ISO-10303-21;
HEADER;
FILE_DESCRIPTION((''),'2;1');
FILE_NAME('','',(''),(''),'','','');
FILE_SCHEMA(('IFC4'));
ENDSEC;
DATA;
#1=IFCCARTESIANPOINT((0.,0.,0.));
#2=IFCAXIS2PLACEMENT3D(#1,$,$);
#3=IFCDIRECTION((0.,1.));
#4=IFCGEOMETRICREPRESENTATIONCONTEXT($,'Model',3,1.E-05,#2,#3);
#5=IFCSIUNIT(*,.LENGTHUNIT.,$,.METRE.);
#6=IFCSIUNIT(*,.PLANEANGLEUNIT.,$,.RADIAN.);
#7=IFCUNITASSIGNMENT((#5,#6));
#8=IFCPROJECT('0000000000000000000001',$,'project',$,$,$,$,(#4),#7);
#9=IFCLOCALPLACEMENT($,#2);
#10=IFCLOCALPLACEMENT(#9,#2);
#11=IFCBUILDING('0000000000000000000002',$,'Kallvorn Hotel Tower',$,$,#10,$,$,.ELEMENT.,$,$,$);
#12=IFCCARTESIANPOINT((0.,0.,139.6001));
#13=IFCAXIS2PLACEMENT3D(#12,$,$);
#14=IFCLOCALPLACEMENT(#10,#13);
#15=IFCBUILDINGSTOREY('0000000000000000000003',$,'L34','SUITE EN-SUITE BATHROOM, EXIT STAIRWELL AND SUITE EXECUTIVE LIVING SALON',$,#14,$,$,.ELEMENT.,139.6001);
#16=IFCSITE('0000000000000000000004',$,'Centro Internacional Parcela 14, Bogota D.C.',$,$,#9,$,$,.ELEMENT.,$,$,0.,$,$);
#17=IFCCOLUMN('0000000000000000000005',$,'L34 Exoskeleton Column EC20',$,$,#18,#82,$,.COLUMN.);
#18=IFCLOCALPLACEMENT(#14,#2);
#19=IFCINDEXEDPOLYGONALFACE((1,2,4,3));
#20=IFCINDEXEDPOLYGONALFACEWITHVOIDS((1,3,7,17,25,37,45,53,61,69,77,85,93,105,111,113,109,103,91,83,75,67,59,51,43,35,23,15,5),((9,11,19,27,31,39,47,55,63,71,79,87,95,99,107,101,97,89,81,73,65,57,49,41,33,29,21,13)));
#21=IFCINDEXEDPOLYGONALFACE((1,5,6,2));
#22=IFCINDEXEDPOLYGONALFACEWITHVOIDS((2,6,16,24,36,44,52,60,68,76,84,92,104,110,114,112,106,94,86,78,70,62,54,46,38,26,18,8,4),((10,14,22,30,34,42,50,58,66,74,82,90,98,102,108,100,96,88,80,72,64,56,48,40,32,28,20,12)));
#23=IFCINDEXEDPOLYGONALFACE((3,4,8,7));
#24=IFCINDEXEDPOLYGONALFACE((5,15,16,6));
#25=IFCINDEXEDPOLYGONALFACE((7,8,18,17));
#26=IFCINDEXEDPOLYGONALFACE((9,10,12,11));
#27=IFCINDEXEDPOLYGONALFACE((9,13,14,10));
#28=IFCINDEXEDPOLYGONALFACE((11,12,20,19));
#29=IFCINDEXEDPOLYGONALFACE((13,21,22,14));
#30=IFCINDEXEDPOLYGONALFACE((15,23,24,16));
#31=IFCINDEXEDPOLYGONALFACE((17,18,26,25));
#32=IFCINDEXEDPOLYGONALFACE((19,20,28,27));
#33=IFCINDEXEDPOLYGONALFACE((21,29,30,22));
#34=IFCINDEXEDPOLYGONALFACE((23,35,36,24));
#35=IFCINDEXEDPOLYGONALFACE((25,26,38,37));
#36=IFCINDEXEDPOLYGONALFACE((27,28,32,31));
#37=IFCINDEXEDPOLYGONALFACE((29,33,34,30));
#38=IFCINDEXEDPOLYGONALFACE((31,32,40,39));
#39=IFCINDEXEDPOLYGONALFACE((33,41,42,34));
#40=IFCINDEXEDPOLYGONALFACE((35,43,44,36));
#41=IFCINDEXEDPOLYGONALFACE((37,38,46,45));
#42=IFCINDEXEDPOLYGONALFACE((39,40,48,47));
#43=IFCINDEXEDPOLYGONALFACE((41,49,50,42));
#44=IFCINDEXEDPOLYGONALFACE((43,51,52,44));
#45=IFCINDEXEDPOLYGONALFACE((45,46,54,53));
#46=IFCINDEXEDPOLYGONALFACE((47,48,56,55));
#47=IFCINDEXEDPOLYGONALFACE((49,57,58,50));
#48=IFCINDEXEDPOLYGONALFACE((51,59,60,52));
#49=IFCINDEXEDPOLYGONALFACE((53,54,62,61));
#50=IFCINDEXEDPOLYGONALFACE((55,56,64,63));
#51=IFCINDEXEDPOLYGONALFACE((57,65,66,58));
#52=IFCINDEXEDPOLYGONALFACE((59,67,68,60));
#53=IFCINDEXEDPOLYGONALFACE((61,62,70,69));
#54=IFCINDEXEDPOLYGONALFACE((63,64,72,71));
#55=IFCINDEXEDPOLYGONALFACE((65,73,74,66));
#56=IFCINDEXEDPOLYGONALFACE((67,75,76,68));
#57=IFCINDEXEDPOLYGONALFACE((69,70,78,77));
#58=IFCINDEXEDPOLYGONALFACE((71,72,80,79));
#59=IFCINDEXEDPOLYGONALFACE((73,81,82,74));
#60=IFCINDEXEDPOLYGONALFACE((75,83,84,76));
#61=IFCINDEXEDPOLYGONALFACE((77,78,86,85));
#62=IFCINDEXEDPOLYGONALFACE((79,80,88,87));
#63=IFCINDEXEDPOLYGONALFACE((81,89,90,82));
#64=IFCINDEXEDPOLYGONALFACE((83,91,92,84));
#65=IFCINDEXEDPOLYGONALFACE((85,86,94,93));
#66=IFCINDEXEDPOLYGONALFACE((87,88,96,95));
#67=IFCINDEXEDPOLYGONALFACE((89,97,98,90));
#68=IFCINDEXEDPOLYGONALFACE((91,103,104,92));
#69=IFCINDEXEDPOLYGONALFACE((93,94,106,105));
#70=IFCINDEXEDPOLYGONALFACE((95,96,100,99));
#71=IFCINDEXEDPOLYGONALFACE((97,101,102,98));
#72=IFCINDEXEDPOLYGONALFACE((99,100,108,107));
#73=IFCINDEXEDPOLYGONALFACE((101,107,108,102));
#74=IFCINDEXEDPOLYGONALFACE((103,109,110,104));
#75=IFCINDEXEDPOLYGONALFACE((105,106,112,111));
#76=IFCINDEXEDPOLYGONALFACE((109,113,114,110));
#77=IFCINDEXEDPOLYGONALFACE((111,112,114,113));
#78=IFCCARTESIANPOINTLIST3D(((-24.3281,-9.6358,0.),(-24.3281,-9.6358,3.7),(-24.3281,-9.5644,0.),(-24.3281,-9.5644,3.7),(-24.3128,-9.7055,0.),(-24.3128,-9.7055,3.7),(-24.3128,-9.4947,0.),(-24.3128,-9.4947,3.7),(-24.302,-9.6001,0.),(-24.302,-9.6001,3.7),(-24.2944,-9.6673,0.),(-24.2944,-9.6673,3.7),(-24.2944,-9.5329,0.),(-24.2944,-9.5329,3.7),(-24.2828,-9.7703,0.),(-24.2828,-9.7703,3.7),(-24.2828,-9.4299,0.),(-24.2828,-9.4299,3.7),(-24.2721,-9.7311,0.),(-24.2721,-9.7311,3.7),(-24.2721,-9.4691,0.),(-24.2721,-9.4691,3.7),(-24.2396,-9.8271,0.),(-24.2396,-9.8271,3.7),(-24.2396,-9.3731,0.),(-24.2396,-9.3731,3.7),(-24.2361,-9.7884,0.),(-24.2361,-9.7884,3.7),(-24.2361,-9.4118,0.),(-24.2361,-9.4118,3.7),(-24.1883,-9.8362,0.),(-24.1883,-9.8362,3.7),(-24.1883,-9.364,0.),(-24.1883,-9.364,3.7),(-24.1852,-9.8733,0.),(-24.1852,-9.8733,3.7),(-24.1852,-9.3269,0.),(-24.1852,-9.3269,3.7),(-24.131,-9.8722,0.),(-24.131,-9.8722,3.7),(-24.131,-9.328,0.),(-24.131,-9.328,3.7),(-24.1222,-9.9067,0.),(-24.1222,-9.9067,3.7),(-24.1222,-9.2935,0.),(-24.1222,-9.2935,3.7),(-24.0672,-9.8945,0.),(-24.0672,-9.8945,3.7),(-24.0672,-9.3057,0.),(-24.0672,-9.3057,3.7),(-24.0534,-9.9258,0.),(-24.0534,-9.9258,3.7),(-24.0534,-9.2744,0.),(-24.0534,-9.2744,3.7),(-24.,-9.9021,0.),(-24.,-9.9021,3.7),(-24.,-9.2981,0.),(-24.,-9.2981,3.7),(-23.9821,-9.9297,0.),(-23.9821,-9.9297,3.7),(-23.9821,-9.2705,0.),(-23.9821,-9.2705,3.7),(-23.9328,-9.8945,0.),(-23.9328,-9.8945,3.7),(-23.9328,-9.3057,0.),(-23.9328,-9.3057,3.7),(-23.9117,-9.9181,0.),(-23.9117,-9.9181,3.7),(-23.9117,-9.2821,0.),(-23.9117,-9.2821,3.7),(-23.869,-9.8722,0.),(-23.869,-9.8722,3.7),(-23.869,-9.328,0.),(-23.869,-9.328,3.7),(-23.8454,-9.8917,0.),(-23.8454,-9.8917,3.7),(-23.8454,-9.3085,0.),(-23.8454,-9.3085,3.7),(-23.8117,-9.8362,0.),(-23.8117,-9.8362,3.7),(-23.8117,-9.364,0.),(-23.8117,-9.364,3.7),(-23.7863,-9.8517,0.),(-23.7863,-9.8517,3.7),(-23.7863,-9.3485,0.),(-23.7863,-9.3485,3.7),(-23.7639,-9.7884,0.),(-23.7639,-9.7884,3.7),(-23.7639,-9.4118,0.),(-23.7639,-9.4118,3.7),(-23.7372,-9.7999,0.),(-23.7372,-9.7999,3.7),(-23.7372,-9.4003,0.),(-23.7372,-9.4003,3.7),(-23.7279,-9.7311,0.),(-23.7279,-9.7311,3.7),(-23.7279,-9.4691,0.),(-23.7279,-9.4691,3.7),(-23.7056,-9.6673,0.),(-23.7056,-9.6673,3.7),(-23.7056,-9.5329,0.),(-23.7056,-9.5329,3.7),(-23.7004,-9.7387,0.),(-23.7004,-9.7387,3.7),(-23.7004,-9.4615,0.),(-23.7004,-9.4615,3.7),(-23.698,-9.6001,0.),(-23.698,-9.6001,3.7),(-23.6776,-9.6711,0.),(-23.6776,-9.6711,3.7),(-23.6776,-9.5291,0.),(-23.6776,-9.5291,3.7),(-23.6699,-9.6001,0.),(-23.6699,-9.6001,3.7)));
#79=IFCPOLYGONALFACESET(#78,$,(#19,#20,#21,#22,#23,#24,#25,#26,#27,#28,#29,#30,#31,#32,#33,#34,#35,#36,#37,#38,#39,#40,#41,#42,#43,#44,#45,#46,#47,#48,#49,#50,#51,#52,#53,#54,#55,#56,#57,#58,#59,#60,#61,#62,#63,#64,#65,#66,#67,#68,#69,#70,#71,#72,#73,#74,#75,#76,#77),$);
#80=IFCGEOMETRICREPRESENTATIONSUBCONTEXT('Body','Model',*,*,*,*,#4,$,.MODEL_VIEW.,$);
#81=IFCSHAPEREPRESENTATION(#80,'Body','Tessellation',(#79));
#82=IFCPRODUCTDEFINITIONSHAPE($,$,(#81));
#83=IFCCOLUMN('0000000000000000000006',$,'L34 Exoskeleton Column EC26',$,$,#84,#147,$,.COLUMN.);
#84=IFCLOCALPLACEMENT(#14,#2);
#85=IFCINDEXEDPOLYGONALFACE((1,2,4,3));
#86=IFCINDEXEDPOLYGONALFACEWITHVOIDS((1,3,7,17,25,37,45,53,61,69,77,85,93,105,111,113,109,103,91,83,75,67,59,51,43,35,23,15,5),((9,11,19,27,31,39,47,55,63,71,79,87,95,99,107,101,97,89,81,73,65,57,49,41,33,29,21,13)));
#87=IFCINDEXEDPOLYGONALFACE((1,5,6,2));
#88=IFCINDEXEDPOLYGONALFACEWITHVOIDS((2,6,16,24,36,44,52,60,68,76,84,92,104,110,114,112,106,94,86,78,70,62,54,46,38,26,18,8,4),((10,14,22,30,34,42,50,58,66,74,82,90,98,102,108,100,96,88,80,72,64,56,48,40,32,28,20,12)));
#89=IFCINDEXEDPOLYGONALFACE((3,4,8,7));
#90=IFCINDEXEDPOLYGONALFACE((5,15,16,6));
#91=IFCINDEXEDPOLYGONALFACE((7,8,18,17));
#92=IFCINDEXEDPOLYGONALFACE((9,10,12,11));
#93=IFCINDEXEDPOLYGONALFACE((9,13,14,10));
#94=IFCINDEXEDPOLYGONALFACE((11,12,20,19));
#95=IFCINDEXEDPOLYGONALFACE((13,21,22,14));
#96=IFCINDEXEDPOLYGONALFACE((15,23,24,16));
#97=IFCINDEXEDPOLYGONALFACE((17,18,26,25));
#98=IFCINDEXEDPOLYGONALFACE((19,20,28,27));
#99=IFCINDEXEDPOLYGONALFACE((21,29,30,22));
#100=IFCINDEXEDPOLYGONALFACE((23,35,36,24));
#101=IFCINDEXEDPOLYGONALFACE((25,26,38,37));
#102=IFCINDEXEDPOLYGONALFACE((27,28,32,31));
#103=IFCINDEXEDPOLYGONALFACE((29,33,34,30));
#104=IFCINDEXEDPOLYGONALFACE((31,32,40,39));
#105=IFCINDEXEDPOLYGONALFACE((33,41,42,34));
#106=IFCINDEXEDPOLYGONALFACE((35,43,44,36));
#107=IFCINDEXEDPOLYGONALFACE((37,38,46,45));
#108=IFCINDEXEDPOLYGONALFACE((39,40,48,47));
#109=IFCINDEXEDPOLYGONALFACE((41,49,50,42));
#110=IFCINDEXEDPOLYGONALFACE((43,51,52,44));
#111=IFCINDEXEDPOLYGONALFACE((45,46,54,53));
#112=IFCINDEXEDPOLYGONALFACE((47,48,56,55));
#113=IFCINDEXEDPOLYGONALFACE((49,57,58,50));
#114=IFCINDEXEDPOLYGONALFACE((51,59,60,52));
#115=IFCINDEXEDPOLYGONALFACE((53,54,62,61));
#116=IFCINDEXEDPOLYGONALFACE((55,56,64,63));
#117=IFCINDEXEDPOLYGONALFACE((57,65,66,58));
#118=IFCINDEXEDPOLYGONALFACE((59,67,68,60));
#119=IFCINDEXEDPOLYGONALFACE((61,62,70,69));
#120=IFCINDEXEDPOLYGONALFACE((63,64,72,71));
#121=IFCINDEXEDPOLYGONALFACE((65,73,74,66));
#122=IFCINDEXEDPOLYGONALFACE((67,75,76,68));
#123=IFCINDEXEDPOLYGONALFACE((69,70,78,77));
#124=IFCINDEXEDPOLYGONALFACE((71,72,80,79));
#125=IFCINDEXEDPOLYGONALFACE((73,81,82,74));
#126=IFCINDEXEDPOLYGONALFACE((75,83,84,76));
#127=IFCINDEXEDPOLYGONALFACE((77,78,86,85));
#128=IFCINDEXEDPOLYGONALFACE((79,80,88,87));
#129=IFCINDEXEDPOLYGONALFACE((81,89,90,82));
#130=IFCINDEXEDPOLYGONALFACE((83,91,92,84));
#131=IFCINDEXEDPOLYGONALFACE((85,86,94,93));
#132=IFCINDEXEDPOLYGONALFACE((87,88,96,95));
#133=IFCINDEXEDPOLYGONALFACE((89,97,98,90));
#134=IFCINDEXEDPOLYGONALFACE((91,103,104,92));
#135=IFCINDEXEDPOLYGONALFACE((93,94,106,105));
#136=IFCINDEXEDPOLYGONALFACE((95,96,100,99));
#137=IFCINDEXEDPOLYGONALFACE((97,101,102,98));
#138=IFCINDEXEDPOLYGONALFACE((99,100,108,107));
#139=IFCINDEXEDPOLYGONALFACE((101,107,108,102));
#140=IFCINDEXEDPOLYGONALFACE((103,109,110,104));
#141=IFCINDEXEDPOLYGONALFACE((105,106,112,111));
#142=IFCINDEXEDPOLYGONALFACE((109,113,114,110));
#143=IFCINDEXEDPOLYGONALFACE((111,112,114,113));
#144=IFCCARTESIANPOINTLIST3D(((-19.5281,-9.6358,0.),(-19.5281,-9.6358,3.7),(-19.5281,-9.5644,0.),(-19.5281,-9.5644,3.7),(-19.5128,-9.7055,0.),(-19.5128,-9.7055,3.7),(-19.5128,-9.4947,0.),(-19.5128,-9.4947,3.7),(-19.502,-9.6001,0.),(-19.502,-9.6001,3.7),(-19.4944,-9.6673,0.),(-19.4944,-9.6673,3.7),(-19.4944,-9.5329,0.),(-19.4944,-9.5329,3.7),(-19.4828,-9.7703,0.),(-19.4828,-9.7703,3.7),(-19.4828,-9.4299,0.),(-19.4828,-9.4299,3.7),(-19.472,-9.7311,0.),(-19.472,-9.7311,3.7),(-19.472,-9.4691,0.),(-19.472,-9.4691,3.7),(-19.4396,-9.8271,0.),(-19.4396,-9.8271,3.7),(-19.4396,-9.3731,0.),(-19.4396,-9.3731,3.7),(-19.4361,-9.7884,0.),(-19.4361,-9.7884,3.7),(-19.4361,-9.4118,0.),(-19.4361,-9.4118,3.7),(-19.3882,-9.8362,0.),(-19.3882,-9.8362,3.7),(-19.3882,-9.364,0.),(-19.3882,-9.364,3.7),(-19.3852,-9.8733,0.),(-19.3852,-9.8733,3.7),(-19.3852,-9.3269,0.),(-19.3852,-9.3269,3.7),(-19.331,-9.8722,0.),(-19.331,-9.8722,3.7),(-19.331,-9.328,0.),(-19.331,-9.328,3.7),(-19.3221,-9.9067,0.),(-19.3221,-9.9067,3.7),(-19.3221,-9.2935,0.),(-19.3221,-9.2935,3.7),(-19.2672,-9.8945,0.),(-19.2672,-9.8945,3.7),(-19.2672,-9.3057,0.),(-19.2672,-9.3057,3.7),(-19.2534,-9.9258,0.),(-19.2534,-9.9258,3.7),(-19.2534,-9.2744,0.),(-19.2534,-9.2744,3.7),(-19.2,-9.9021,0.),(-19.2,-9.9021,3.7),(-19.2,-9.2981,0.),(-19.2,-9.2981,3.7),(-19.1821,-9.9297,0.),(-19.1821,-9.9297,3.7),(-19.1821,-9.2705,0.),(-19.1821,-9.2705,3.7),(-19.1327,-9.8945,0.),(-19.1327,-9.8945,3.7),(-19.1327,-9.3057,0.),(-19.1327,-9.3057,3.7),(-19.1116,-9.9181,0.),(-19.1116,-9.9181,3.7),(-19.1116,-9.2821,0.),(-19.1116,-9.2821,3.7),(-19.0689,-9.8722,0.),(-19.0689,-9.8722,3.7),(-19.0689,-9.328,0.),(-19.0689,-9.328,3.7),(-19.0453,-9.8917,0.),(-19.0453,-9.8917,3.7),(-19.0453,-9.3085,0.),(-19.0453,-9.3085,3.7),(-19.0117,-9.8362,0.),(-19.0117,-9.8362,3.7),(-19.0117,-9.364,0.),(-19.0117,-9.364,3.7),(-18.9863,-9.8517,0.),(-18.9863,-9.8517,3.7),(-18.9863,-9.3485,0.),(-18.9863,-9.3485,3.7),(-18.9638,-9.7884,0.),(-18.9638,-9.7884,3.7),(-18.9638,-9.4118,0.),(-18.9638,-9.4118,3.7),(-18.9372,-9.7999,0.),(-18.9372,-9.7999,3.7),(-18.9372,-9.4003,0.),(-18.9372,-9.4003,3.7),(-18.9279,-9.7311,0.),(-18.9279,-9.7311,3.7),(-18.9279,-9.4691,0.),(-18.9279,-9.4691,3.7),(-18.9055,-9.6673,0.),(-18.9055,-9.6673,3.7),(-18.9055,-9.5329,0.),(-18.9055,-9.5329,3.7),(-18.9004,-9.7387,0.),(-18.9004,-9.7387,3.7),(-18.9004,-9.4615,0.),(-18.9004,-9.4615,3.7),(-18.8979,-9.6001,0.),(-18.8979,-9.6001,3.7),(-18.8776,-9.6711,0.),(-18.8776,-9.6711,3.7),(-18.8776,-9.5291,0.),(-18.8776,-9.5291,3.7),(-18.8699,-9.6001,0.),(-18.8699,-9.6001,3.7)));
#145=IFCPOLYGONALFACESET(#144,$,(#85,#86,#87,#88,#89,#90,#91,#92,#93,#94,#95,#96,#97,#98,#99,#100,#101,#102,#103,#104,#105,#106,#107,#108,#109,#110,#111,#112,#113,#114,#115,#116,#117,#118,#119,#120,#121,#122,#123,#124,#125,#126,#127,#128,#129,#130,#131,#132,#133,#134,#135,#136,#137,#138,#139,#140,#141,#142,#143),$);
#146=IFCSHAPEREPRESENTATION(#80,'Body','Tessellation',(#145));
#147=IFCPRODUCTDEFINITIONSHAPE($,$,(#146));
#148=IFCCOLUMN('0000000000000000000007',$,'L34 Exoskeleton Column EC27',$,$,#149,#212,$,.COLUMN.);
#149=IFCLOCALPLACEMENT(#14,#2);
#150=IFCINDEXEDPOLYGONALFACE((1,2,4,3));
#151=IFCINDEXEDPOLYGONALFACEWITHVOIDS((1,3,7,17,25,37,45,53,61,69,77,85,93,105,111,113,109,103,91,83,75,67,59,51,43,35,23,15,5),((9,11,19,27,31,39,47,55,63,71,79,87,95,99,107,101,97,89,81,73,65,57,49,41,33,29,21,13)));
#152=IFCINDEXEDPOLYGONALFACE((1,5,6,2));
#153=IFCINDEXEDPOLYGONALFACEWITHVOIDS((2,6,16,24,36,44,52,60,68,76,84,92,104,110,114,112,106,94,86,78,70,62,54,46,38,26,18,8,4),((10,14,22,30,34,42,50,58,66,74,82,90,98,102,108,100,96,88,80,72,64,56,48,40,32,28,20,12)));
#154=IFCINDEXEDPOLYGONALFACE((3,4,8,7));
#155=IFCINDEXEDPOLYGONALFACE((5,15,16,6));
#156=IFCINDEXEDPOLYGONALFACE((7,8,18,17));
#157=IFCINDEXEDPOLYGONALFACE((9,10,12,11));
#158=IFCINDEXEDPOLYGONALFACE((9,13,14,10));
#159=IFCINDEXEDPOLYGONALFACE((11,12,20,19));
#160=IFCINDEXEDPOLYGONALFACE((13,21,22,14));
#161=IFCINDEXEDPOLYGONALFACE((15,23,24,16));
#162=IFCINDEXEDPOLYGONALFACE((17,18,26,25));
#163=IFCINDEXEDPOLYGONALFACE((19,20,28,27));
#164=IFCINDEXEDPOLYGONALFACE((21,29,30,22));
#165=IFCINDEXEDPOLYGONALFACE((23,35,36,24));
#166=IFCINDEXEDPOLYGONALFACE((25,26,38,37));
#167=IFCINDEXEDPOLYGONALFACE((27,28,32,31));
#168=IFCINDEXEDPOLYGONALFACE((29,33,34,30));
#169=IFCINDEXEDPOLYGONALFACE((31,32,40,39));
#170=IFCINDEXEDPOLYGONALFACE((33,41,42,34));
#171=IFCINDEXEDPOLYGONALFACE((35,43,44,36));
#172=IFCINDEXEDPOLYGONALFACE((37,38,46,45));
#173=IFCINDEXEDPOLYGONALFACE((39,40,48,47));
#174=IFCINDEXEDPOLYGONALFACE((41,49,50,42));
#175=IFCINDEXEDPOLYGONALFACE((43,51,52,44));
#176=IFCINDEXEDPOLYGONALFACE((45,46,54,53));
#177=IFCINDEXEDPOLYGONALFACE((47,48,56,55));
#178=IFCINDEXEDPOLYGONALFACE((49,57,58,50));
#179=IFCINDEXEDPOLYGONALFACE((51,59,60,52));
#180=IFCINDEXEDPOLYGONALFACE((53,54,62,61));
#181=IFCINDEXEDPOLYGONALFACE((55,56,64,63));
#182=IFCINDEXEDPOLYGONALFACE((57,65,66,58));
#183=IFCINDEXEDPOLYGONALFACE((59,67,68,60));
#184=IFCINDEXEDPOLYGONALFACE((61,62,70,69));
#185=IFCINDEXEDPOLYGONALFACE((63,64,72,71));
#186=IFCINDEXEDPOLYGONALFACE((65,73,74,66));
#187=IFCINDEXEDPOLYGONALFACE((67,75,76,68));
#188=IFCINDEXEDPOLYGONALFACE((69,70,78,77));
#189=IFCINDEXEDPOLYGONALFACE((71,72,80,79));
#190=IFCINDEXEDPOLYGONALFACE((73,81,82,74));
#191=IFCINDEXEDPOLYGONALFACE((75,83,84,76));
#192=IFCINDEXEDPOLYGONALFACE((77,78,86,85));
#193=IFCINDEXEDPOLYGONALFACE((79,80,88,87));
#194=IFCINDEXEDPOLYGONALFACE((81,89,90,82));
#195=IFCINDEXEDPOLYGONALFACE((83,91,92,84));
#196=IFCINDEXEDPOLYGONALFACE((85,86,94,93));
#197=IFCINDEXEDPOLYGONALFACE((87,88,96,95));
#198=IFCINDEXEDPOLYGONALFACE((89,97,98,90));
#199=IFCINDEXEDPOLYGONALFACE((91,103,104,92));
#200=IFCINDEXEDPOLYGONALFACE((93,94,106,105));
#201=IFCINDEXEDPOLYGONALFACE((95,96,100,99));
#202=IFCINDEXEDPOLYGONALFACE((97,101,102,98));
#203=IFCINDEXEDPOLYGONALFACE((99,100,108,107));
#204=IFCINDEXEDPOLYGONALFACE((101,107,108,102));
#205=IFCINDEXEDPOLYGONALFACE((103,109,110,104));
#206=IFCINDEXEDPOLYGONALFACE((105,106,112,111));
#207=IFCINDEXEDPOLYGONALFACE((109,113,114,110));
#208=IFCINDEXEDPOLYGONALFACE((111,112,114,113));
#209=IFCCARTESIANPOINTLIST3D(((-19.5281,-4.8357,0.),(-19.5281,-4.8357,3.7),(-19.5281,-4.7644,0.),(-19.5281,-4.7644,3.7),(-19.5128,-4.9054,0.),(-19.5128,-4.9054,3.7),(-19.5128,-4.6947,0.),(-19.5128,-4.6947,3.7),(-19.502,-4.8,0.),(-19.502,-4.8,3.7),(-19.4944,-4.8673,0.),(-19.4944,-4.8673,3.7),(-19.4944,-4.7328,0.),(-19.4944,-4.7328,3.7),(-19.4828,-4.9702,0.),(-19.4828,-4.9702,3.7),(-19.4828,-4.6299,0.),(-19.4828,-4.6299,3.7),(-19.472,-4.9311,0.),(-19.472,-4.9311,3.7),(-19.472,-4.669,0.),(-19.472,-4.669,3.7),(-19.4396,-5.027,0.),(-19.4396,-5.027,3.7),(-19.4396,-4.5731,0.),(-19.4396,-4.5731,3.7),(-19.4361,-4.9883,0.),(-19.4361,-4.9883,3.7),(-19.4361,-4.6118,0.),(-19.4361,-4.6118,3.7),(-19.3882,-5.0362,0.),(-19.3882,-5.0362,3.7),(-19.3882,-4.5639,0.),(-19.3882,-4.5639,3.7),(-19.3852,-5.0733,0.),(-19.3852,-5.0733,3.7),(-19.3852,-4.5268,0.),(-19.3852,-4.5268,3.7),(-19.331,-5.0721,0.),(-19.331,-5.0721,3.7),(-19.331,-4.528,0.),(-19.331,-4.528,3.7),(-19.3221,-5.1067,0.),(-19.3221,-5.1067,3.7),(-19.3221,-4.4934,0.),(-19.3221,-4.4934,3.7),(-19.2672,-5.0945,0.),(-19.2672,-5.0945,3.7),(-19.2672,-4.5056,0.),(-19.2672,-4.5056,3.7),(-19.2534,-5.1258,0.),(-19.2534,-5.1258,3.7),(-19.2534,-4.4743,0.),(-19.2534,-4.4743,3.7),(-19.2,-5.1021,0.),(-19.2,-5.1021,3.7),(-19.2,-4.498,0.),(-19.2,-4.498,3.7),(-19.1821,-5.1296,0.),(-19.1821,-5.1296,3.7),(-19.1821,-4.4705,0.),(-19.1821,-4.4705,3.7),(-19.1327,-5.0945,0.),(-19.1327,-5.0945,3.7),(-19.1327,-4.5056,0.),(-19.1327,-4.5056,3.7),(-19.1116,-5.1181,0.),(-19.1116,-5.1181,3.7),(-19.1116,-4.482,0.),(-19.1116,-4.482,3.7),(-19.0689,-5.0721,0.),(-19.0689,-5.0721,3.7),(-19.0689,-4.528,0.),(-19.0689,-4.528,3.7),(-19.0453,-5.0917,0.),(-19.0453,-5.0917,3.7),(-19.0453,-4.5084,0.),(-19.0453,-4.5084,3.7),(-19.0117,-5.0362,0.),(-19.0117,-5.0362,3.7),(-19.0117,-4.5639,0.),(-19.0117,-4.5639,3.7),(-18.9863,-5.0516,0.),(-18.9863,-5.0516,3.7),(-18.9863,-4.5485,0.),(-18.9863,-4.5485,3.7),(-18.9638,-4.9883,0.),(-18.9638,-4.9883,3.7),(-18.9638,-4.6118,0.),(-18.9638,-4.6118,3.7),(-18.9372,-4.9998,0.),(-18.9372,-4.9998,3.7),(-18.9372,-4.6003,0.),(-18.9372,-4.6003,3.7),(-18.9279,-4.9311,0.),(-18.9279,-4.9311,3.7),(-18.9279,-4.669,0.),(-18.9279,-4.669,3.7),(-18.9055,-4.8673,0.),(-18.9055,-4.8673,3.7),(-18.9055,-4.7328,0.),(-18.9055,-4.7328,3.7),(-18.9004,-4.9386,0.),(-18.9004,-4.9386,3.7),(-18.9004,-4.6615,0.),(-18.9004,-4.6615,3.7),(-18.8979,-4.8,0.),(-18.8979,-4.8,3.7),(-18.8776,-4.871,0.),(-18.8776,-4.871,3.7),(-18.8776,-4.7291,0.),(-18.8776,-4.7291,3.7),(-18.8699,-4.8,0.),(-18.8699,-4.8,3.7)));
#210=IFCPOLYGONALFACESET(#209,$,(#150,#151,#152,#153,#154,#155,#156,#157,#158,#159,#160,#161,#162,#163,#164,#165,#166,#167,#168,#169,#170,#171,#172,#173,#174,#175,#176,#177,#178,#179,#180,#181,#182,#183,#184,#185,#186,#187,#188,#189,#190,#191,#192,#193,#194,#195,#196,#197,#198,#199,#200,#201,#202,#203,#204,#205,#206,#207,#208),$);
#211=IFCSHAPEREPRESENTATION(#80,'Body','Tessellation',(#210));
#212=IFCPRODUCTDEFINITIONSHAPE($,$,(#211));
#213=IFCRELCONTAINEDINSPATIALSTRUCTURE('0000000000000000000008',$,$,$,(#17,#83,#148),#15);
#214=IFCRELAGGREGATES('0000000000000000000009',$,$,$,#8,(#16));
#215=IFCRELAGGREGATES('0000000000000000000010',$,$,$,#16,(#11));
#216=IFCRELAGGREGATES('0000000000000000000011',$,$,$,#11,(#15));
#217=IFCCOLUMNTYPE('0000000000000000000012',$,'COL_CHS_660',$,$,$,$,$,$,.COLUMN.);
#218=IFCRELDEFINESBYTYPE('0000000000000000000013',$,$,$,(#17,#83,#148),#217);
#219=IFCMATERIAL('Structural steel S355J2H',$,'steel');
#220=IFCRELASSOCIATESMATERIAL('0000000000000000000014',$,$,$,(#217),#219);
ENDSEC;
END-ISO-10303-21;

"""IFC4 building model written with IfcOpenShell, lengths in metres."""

from ifc_helpers import new_model, si_unit, direction, frame, origin, origin_2d, place, context, subcontext, project, spatial, hollow_circle, extrude, material, material_profile, profile_set, type_object, element, save


model = new_model("IFC4")

# Units and contexts
model_context = context("Model", 3, precision=1e-05, world=origin(), true_north=direction((0.0, 1.0)))
body_context = subcontext(model_context, "Body", "Model", "MODEL_VIEW")
ifc_project = project(units=[si_unit("LENGTHUNIT", "METRE"), si_unit("PLANEANGLEUNIT", "RADIAN")], contexts=[model_context])

# Site, building, storey
site_placement = place(None, origin())
site = spatial("IfcSite", under=ifc_project, at=site_placement, Name="Centro Internacional Parcela 14, Bogota D.C.", CompositionType="ELEMENT", RefElevation=0.0)
building_placement = place(site_placement, origin())
building = spatial("IfcBuilding", under=site, at=building_placement, Name="Kallvorn Hotel Tower", CompositionType="ELEMENT")
storey_placement = place(building_placement, frame((0.0, 0.0, 139.6001)))
storey = spatial("IfcBuildingStorey", under=building, at=storey_placement, Name="L34", Description="SUITE EN-SUITE BATHROOM, EXIT STAIRWELL AND SUITE EXECUTIVE LIVING SALON", CompositionType="ELEMENT", Elevation=139.6001)

# Columns
ifc_material_1 = material(Name="Structural steel S355J2H", Category="steel")
ifc_material_profile_1 = material_profile(ifc_material_1, hollow_circle(Radius=0.3301, WallThickness=0.0281, at=origin_2d()), Name="CHS 660x28")
ifc_profile_set_1 = profile_set([ifc_material_profile_1], Name="Structural steel S355J2H")
column_type_1 = type_object("IfcColumnType", Name="COL_CHS_660", PredefinedType="COLUMN", material=ifc_profile_set_1)
for number, where, z_axis, x_axis, name in (
    (1, (-24.0, -9.6001, 0.0), (0.0, 0.0, 1.0), (1.0, 0.0, 0.0), "L34 Exoskeleton Column EC20"),
    (2, (-19.2, -9.6001, 0.0), (0.0, 0.0, 1.0), (1.0, 0.0, 0.0), "L34 Exoskeleton Column EC26"),
    (3, (-19.2, -4.8, 0.0), (0.0, 0.0, 1.0), (1.0, 0.0, 0.0), "L34 Exoskeleton Column EC27"),
):
    element("IfcColumn", number, at=place(storey_placement, frame(where, z_axis=z_axis, x_axis=x_axis)), inside=storey, type_object=column_type_1, Name=name, PredefinedType="COLUMN", context=body_context, shape_type="SweptSolid", body=[
        extrude(hollow_circle(Radius=0.3301, WallThickness=0.0281, at=origin_2d()), origin(), (0.0, 0.0, 1.0), 3.7),
    ])

save(model, "model.ifc")
